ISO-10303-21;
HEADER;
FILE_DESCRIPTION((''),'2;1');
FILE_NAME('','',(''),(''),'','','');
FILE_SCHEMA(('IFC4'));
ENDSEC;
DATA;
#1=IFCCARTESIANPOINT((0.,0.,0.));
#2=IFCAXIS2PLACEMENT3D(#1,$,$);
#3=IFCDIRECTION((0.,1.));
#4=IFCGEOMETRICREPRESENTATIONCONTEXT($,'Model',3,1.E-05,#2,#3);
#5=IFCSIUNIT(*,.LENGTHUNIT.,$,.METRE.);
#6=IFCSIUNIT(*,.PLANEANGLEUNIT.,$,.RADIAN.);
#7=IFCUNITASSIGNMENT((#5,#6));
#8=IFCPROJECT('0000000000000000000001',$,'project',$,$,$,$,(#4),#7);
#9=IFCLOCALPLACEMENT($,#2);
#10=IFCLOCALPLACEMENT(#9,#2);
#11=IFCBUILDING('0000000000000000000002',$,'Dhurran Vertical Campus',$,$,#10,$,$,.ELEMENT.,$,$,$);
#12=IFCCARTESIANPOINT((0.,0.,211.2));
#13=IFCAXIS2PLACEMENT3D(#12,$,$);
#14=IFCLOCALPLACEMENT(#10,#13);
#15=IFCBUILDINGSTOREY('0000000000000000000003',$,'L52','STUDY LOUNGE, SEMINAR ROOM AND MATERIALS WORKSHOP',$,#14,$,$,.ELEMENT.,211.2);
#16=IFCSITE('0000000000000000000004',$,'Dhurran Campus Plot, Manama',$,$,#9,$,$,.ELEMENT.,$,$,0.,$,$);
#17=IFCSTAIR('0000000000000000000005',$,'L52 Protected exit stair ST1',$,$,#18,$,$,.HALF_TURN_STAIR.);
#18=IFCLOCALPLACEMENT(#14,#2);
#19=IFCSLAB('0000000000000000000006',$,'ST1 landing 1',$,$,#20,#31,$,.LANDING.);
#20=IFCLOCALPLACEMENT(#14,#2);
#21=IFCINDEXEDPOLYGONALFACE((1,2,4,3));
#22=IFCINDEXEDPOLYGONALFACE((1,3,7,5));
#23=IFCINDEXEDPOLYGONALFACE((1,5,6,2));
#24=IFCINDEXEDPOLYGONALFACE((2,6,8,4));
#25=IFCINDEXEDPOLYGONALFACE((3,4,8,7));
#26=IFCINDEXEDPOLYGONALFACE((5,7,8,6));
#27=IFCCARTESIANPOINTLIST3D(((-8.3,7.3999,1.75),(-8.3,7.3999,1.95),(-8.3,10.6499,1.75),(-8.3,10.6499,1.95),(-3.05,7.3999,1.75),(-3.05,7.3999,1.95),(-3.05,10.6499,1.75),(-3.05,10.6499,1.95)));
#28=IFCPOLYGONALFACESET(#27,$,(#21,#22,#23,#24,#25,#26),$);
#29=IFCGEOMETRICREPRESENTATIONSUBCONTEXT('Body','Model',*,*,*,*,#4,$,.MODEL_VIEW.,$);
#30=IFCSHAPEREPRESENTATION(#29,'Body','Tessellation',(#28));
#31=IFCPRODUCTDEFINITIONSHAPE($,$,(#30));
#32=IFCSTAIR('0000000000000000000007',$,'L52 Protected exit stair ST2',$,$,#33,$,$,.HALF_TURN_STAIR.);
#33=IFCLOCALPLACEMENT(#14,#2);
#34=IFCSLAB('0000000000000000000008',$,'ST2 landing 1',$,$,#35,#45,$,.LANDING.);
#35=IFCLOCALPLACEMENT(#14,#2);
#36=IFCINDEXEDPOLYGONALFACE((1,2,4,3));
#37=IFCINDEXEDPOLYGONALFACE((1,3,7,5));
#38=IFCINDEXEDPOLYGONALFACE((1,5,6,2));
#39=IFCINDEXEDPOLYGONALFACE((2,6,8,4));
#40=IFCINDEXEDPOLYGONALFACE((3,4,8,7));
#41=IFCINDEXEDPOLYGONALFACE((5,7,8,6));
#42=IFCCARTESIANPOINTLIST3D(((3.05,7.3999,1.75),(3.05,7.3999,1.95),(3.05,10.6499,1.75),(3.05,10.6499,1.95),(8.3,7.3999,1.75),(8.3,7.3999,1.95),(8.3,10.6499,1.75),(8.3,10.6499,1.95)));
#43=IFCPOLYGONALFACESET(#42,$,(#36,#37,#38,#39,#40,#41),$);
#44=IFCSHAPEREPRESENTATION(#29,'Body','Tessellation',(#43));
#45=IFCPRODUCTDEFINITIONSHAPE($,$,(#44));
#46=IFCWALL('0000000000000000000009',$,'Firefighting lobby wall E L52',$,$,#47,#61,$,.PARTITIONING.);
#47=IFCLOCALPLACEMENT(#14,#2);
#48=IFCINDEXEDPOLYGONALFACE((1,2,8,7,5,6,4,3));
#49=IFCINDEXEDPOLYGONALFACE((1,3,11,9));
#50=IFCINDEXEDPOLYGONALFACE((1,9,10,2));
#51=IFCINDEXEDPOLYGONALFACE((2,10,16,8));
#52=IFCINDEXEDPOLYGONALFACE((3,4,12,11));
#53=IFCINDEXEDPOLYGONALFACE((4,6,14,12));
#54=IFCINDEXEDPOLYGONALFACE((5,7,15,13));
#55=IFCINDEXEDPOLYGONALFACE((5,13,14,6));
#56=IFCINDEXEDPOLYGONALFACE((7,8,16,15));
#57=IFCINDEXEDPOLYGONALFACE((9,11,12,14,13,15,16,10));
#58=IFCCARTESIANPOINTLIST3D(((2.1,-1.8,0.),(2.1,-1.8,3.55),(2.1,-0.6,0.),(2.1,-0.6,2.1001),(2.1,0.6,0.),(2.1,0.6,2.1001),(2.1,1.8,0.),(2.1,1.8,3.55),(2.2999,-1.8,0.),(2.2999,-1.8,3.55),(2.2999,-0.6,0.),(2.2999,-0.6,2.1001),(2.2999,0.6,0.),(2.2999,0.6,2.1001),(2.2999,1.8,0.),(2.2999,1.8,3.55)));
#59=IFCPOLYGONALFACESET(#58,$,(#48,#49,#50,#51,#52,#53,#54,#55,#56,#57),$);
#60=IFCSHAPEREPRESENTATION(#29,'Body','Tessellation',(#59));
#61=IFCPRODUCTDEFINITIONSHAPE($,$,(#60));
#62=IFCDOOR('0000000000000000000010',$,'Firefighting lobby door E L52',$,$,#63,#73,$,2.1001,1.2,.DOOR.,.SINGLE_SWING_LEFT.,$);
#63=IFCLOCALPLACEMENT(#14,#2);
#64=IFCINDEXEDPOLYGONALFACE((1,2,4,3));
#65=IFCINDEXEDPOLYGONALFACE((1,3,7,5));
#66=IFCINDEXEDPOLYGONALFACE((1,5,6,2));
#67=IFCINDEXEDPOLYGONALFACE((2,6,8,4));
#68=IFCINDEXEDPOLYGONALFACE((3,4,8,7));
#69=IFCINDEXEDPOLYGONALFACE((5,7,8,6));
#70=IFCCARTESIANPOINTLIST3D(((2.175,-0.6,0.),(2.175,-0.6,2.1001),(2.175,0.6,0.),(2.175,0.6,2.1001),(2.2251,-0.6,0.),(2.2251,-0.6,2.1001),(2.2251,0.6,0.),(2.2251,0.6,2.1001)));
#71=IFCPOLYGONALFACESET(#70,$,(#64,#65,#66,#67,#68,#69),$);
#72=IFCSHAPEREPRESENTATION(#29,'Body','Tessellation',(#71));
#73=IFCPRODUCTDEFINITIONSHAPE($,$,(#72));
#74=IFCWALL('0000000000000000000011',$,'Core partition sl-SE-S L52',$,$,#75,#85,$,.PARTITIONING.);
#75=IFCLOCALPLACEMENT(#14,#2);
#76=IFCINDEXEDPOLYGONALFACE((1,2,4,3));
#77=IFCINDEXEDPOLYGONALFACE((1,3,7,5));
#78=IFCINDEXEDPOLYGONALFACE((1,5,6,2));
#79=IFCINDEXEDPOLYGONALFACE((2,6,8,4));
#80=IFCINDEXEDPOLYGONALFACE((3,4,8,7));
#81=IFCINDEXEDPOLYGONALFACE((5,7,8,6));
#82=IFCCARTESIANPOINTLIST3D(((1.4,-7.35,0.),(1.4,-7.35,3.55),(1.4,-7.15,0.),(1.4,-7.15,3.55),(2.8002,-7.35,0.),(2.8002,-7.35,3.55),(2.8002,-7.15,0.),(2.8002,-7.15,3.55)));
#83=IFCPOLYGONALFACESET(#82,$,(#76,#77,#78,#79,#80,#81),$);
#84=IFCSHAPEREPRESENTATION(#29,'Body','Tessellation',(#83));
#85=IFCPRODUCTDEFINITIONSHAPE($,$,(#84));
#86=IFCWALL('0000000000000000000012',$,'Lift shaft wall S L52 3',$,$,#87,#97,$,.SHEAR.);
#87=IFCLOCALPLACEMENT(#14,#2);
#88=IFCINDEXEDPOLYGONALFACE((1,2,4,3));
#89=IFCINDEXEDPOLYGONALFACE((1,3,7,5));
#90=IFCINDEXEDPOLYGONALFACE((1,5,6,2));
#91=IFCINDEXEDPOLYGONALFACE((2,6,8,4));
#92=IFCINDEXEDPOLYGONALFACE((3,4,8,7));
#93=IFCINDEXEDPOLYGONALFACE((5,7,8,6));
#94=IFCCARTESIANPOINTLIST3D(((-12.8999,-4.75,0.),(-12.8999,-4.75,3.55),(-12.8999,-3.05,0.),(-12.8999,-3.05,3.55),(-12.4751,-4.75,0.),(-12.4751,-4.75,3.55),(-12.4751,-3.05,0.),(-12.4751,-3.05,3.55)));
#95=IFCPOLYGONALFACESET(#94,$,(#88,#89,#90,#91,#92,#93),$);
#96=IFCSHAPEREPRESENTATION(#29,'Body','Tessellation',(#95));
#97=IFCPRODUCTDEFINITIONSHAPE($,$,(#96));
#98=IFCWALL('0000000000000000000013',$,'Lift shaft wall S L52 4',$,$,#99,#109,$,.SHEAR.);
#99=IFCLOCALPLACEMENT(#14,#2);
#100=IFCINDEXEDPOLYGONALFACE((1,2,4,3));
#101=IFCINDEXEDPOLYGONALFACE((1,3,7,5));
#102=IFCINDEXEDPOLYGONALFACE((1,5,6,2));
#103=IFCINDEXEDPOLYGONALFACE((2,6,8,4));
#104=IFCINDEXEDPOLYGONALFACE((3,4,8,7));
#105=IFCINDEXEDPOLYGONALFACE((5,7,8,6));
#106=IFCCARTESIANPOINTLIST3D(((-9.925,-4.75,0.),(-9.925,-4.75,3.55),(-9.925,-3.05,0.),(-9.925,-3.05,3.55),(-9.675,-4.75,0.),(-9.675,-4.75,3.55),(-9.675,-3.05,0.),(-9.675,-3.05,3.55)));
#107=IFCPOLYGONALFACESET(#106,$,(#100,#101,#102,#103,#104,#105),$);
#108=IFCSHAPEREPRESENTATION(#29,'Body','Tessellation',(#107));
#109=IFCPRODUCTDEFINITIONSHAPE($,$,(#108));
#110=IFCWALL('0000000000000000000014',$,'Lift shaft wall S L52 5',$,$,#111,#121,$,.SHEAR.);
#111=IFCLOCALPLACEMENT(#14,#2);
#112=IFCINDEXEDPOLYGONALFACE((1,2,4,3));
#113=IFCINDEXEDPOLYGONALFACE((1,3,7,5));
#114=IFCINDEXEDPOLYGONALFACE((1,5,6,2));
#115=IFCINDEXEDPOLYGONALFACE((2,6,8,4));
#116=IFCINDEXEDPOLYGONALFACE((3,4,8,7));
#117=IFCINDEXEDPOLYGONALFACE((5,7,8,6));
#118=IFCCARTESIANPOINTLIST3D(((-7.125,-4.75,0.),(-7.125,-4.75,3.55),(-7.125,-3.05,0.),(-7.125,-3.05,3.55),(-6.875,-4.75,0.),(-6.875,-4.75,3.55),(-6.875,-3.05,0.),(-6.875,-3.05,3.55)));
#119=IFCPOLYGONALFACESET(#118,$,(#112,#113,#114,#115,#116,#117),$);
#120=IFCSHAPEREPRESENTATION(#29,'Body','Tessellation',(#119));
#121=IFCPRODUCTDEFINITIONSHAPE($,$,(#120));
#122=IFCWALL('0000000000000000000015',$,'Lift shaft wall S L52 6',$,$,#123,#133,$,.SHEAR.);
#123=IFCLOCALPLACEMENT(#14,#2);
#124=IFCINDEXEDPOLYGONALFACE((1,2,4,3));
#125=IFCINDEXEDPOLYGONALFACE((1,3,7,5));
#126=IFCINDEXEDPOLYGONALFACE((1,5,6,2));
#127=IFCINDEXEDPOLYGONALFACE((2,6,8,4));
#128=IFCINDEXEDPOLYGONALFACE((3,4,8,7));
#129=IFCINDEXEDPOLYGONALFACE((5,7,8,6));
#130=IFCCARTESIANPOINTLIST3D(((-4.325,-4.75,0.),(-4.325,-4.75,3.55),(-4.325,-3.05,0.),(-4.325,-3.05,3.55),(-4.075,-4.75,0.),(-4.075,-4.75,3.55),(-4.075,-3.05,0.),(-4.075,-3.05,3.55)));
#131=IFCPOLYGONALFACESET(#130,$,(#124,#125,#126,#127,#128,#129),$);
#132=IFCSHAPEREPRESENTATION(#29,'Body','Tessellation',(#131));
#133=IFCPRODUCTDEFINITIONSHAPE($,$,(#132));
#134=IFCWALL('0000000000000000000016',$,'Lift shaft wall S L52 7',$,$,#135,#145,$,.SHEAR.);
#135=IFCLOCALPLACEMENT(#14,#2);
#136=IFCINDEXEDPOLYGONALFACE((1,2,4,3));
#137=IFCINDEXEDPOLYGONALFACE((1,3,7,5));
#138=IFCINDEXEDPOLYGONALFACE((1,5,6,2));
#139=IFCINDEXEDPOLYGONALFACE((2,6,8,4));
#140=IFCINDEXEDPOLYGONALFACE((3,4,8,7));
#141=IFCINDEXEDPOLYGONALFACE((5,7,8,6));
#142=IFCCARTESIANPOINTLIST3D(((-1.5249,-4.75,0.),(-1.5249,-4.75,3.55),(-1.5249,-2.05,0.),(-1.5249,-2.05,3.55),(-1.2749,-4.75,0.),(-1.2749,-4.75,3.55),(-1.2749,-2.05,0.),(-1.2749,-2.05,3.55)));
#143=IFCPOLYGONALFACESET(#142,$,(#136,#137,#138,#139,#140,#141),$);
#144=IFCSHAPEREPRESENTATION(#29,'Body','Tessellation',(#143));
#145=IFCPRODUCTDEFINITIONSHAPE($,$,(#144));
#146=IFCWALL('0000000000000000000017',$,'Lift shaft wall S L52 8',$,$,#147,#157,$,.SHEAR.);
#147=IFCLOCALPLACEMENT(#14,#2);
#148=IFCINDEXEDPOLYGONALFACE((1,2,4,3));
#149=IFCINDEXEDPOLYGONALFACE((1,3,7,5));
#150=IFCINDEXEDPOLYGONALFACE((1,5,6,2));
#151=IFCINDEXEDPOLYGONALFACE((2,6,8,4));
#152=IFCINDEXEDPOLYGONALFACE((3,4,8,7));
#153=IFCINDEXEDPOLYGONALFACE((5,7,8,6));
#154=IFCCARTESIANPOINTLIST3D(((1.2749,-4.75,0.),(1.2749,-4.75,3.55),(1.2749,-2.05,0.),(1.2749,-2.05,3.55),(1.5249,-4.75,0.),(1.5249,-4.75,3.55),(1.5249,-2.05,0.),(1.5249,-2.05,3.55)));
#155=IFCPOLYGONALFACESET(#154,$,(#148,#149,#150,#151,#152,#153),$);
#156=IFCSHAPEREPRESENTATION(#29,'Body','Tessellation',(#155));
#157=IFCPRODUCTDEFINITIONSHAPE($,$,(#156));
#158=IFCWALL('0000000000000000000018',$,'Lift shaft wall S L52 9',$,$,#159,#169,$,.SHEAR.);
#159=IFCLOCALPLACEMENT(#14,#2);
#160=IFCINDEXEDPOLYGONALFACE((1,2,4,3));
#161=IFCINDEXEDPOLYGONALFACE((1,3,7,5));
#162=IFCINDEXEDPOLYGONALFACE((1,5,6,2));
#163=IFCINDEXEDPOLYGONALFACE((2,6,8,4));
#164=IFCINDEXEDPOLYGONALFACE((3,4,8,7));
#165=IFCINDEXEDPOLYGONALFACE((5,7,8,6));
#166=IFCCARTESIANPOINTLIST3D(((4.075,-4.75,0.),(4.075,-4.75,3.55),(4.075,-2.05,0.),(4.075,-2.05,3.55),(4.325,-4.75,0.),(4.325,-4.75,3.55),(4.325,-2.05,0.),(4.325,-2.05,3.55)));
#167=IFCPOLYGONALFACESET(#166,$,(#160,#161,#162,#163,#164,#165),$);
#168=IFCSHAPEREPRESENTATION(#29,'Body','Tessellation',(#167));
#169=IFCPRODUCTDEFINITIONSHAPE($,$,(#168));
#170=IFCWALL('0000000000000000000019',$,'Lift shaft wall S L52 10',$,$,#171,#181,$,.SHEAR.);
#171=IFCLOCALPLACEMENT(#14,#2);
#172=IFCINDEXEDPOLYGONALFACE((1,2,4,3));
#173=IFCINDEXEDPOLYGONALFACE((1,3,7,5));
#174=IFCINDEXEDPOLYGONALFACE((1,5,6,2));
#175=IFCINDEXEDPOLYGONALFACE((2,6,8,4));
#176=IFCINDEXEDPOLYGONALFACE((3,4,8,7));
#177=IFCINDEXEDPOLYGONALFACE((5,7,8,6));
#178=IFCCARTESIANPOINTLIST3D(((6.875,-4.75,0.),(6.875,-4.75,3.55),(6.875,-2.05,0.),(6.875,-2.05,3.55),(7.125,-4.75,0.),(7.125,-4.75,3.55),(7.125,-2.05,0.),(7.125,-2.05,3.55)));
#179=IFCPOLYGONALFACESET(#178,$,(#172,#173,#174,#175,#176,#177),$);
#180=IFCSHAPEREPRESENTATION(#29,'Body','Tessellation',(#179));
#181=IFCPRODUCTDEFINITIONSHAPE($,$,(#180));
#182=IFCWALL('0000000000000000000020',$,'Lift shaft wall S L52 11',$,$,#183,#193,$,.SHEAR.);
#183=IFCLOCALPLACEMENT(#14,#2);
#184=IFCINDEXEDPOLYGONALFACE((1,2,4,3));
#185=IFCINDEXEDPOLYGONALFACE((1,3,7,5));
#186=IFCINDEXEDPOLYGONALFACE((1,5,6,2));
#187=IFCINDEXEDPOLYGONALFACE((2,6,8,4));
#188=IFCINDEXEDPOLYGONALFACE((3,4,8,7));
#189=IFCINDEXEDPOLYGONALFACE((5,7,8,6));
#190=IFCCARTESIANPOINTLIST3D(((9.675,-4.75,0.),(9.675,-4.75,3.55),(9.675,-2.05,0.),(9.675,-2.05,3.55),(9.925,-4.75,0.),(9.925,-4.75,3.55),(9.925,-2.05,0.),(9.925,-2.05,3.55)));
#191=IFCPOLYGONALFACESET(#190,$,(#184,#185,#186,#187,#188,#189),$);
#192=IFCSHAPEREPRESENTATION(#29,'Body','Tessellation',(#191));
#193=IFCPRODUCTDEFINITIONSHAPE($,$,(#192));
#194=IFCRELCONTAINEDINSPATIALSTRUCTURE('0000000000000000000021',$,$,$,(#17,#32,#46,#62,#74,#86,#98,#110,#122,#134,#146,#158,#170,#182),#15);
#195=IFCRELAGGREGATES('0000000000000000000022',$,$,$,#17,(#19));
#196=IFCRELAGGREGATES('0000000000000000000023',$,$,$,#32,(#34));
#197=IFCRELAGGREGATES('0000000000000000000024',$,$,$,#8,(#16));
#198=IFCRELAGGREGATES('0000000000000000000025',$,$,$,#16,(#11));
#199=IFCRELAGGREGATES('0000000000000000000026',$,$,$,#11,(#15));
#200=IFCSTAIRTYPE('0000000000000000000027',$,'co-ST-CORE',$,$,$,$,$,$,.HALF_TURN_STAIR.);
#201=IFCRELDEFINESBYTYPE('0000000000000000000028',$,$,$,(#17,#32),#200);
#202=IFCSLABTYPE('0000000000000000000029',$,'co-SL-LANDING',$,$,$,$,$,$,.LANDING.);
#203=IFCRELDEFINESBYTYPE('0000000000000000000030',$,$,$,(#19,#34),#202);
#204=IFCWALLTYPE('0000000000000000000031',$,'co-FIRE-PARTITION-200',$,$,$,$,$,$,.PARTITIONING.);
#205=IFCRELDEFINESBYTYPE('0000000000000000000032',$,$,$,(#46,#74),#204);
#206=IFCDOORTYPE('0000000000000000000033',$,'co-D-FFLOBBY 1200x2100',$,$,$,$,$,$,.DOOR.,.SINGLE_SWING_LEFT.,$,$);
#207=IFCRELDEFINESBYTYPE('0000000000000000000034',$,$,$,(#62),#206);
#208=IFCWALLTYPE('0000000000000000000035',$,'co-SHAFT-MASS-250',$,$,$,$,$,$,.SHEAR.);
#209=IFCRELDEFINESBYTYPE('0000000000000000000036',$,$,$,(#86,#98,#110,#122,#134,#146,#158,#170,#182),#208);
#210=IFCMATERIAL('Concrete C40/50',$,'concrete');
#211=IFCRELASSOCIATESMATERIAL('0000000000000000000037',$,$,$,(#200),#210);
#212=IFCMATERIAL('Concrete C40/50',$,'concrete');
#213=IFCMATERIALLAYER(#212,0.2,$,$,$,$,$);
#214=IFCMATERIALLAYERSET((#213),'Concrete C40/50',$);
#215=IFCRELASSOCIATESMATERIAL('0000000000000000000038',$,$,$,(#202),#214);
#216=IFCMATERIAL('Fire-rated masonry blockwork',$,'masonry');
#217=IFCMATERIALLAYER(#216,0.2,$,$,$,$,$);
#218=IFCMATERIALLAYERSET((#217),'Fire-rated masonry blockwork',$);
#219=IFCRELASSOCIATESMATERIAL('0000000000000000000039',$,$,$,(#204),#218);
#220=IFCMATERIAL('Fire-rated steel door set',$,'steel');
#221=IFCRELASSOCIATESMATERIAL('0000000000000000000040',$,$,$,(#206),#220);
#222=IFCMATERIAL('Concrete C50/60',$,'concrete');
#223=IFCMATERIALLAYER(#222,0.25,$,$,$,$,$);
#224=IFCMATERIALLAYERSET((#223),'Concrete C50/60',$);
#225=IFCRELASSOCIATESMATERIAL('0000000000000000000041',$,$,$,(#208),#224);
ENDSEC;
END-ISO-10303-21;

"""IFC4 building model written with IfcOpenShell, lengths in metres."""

from ifc_helpers import new_model, si_unit, direction, frame, frame_2d, origin, place, context, subcontext, project, spatial, polyline, rectangle, outline, extrude, material, layer, layer_set, type_object, element, fill, aggregate, save


model = new_model("IFC4")

# Units and contexts
model_context = context("Model", 3, precision=1e-05, world=origin(), true_north=direction((0.0, 1.0)))
body_context = subcontext(model_context, "Body", "Model", "MODEL_VIEW")
ifc_project = project(units=[si_unit("LENGTHUNIT", "METRE"), si_unit("PLANEANGLEUNIT", "RADIAN")], contexts=[model_context])

# Site, building, storey
site_placement = place(None, origin())
site = spatial("IfcSite", under=ifc_project, at=site_placement, Name="Dhurran Campus Plot, Manama", CompositionType="ELEMENT", RefElevation=0.0)
building_placement = place(site_placement, origin())
building = spatial("IfcBuilding", under=site, at=building_placement, Name="Dhurran Vertical Campus", CompositionType="ELEMENT")
storey_placement = place(building_placement, frame((0.0, 0.0, 211.2)))
storey = spatial("IfcBuildingStorey", under=building, at=storey_placement, Name="L52", Description="STUDY LOUNGE, SEMINAR ROOM AND MATERIALS WORKSHOP", CompositionType="ELEMENT", Elevation=211.2)

# Stairs, slabs
ifc_material_1 = material(Name="Concrete C40/50", Category="concrete")
stair_type = type_object("IfcStairType", Name="co-ST-CORE", PredefinedType="HALF_TURN_STAIR", material=ifc_material_1)
stair_1_placement = place(storey_placement, origin())
stair_1 = element("IfcStair", 1, at=stair_1_placement, inside=storey, type_object=stair_type, Name="L52 Protected exit stair ST1", PredefinedType="HALF_TURN_STAIR")
ifc_material_2 = material(Name="Concrete C40/50", Category="concrete")
ifc_layer_1 = layer(ifc_material_2, 0.2)
ifc_layer_set_1 = layer_set([ifc_layer_1], Name="Concrete C40/50")
slab_type = type_object("IfcSlabType", Name="co-SL-LANDING", PredefinedType="LANDING", material=ifc_layer_set_1)
slab_1_placement = place(storey_placement, frame((0.0, 0.0, 1.75)))
slab_1 = element("IfcSlab", 2, at=slab_1_placement, type_object=slab_type, Name="ST1 landing 1", PredefinedType="LANDING", context=body_context, shape_type="SweptSolid", body=[
    extrude(outline(polyline([(-8.3, 7.3999), (-3.05, 7.3999), (-3.05, 10.6499), (-8.3, 10.6499), (-8.3, 7.3999)])), origin(), (0.0, 0.0, 1.0), 0.2),
])
aggregate(stair_1, [slab_1])
stair_2_placement = place(storey_placement, origin())
stair_2 = element("IfcStair", 3, at=stair_2_placement, inside=storey, type_object=stair_type, Name="L52 Protected exit stair ST2", PredefinedType="HALF_TURN_STAIR")
slab_2_placement = place(storey_placement, frame((0.0, 0.0, 1.75)))
slab_2 = element("IfcSlab", 4, at=slab_2_placement, type_object=slab_type, Name="ST2 landing 1", PredefinedType="LANDING", context=body_context, shape_type="SweptSolid", body=[
    extrude(outline(polyline([(8.3, 10.6499), (3.05, 10.6499), (3.05, 7.3999), (8.3, 7.3999), (8.3, 10.6499)])), origin(), (0.0, 0.0, 1.0), 0.2),
])
aggregate(stair_2, [slab_2])

# Wall, opening, door
ifc_material_3 = material(Name="Fire-rated masonry blockwork", Category="masonry")
ifc_layer_2 = layer(ifc_material_3, 0.2)
ifc_layer_set_2 = layer_set([ifc_layer_2], Name="Fire-rated masonry blockwork")
wall_type_1 = type_object("IfcWallType", Name="co-FIRE-PARTITION-200", PredefinedType="PARTITIONING", material=ifc_layer_set_2)
wall_1_placement = place(storey_placement, frame((2.2, -1.8, 0.0), z_axis=(0.0, 0.0, 1.0), x_axis=(0.0, 1.0, 0.0)))
wall_1 = element("IfcWall", 5, at=wall_1_placement, inside=storey, type_object=wall_type_1, Name="Firefighting lobby wall E L52", PredefinedType="PARTITIONING", context=body_context, shape_type="SweptSolid", body=[
    extrude(rectangle(XDim=3.6001, YDim=0.2, at=frame_2d((1.8, 0.0))), origin(), (0.0, 0.0, 1.0), 3.55),
])
opening_1_placement = place(wall_1_placement, frame((1.2, 0.0, 0.0)))
opening_1 = element("IfcOpeningElement", 6, at=opening_1_placement, cuts=wall_1, PredefinedType="OPENING", context=body_context, shape_type="SweptSolid", body=[
    extrude(rectangle(XDim=1.2, YDim=2.1001, at=frame_2d((0.6001, 1.05))), frame((0.0, 0.1099, 0.0), z_axis=(0.0, -1.0, 0.0), x_axis=(1.0, 0.0, 0.0)), (0.0, 0.0, 1.0), 0.22),
])
ifc_material_4 = material(Name="Fire-rated steel door set", Category="steel")
door_type_1 = type_object("IfcDoorType", Name="co-D-FFLOBBY 1200x2100", OperationType="SINGLE_SWING_LEFT", PredefinedType="DOOR", material=ifc_material_4)
door_1_placement = place(opening_1_placement, origin())
door_1 = element("IfcDoor", 7, at=door_1_placement, inside=storey, type_object=door_type_1, Name="Firefighting lobby door E L52", OperationType="SINGLE_SWING_LEFT", OverallHeight=2.1001, OverallWidth=1.2, PredefinedType="DOOR", context=body_context, shape_type="SweptSolid", body=[
    extrude(rectangle(XDim=1.2, YDim=2.1001, at=frame_2d((0.6001, 1.05))), frame((0.0, 0.0249, 0.0), z_axis=(0.0, -1.0, 0.0), x_axis=(1.0, 0.0, 0.0)), (0.0, 0.0, 1.0), 0.05),
])
fill(opening_1, door_1)

# Walls
wall_2_placement = place(storey_placement, frame((1.3999, -7.25, 0.0), z_axis=(0.0, 0.0, 1.0), x_axis=(1.0, 0.0, 0.0)))
element("IfcWall", 8, at=wall_2_placement, inside=storey, type_object=wall_type_1, Name="Core partition sl-SE-S L52", PredefinedType="PARTITIONING", context=body_context, shape_type="SweptSolid", body=[
    extrude(rectangle(XDim=1.4001, YDim=0.2, at=frame_2d((0.7002, 0.0))), origin(), (0.0, 0.0, 1.0), 3.55),
])
ifc_material_5 = material(Name="Concrete C50/60", Category="concrete")
ifc_layer_3 = layer(ifc_material_5, 0.25)
ifc_layer_set_3 = layer_set([ifc_layer_3], Name="Concrete C50/60")
wall_type_2 = type_object("IfcWallType", Name="co-SHAFT-MASS-250", PredefinedType="SHEAR", material=ifc_layer_set_3)
wall_3_placement = place(storey_placement, origin())
element("IfcWall", 9, at=wall_3_placement, inside=storey, type_object=wall_type_2, Name="Lift shaft wall S L52 3", PredefinedType="SHEAR", context=body_context, shape_type="SweptSolid", body=[
    extrude(outline(polyline([(-12.8999, -4.75), (-12.4751, -4.75), (-12.4751, -3.05), (-12.8999, -3.05), (-12.8999, -4.75)])), origin(), (0.0, 0.0, 1.0), 3.55),
])
wall_4_placement = place(storey_placement, origin())
element("IfcWall", 10, at=wall_4_placement, inside=storey, type_object=wall_type_2, Name="Lift shaft wall S L52 4", PredefinedType="SHEAR", context=body_context, shape_type="SweptSolid", body=[
    extrude(outline(polyline([(-9.925, -4.75), (-9.675, -4.75), (-9.675, -3.05), (-9.925, -3.05), (-9.925, -4.75)])), origin(), (0.0, 0.0, 1.0), 3.55),
])
wall_5_placement = place(storey_placement, origin())
element("IfcWall", 11, at=wall_5_placement, inside=storey, type_object=wall_type_2, Name="Lift shaft wall S L52 5", PredefinedType="SHEAR", context=body_context, shape_type="SweptSolid", body=[
    extrude(outline(polyline([(-7.125, -4.75), (-6.875, -4.75), (-6.875, -3.05), (-7.125, -3.05), (-7.125, -4.75)])), origin(), (0.0, 0.0, 1.0), 3.55),
])
wall_6_placement = place(storey_placement, origin())
element("IfcWall", 12, at=wall_6_placement, inside=storey, type_object=wall_type_2, Name="Lift shaft wall S L52 6", PredefinedType="SHEAR", context=body_context, shape_type="SweptSolid", body=[
    extrude(outline(polyline([(-4.325, -4.75), (-4.075, -4.75), (-4.075, -3.05), (-4.325, -3.05), (-4.325, -4.75)])), origin(), (0.0, 0.0, 1.0), 3.55),
])
wall_7_placement = place(storey_placement, origin())
element("IfcWall", 13, at=wall_7_placement, inside=storey, type_object=wall_type_2, Name="Lift shaft wall S L52 7", PredefinedType="SHEAR", context=body_context, shape_type="SweptSolid", body=[
    extrude(outline(polyline([(-1.5249, -4.75), (-1.2749, -4.75), (-1.2749, -2.05), (-1.5249, -2.05), (-1.5249, -4.75)])), origin(), (0.0, 0.0, 1.0), 3.55),
])
wall_8_placement = place(storey_placement, origin())
element("IfcWall", 14, at=wall_8_placement, inside=storey, type_object=wall_type_2, Name="Lift shaft wall S L52 8", PredefinedType="SHEAR", context=body_context, shape_type="SweptSolid", body=[
    extrude(outline(polyline([(1.2749, -4.75), (1.5249, -4.75), (1.5249, -2.05), (1.2749, -2.05), (1.2749, -4.75)])), origin(), (0.0, 0.0, 1.0), 3.55),
])
wall_9_placement = place(storey_placement, origin())
element("IfcWall", 15, at=wall_9_placement, inside=storey, type_object=wall_type_2, Name="Lift shaft wall S L52 9", PredefinedType="SHEAR", context=body_context, shape_type="SweptSolid", body=[
    extrude(outline(polyline([(4.075, -4.75), (4.325, -4.75), (4.325, -2.05), (4.075, -2.05), (4.075, -4.75)])), origin(), (0.0, 0.0, 1.0), 3.55),
])
wall_10_placement = place(storey_placement, origin())
element("IfcWall", 16, at=wall_10_placement, inside=storey, type_object=wall_type_2, Name="Lift shaft wall S L52 10", PredefinedType="SHEAR", context=body_context, shape_type="SweptSolid", body=[
    extrude(outline(polyline([(6.875, -4.75), (7.125, -4.75), (7.125, -2.05), (6.875, -2.05), (6.875, -4.75)])), origin(), (0.0, 0.0, 1.0), 3.55),
])
wall_11_placement = place(storey_placement, origin())
element("IfcWall", 17, at=wall_11_placement, inside=storey, type_object=wall_type_2, Name="Lift shaft wall S L52 11", PredefinedType="SHEAR", context=body_context, shape_type="SweptSolid", body=[
    extrude(outline(polyline([(9.675, -4.75), (9.925, -4.75), (9.925, -2.05), (9.675, -2.05), (9.675, -4.75)])), origin(), (0.0, 0.0, 1.0), 3.55),
])

save(model, "model.ifc")
